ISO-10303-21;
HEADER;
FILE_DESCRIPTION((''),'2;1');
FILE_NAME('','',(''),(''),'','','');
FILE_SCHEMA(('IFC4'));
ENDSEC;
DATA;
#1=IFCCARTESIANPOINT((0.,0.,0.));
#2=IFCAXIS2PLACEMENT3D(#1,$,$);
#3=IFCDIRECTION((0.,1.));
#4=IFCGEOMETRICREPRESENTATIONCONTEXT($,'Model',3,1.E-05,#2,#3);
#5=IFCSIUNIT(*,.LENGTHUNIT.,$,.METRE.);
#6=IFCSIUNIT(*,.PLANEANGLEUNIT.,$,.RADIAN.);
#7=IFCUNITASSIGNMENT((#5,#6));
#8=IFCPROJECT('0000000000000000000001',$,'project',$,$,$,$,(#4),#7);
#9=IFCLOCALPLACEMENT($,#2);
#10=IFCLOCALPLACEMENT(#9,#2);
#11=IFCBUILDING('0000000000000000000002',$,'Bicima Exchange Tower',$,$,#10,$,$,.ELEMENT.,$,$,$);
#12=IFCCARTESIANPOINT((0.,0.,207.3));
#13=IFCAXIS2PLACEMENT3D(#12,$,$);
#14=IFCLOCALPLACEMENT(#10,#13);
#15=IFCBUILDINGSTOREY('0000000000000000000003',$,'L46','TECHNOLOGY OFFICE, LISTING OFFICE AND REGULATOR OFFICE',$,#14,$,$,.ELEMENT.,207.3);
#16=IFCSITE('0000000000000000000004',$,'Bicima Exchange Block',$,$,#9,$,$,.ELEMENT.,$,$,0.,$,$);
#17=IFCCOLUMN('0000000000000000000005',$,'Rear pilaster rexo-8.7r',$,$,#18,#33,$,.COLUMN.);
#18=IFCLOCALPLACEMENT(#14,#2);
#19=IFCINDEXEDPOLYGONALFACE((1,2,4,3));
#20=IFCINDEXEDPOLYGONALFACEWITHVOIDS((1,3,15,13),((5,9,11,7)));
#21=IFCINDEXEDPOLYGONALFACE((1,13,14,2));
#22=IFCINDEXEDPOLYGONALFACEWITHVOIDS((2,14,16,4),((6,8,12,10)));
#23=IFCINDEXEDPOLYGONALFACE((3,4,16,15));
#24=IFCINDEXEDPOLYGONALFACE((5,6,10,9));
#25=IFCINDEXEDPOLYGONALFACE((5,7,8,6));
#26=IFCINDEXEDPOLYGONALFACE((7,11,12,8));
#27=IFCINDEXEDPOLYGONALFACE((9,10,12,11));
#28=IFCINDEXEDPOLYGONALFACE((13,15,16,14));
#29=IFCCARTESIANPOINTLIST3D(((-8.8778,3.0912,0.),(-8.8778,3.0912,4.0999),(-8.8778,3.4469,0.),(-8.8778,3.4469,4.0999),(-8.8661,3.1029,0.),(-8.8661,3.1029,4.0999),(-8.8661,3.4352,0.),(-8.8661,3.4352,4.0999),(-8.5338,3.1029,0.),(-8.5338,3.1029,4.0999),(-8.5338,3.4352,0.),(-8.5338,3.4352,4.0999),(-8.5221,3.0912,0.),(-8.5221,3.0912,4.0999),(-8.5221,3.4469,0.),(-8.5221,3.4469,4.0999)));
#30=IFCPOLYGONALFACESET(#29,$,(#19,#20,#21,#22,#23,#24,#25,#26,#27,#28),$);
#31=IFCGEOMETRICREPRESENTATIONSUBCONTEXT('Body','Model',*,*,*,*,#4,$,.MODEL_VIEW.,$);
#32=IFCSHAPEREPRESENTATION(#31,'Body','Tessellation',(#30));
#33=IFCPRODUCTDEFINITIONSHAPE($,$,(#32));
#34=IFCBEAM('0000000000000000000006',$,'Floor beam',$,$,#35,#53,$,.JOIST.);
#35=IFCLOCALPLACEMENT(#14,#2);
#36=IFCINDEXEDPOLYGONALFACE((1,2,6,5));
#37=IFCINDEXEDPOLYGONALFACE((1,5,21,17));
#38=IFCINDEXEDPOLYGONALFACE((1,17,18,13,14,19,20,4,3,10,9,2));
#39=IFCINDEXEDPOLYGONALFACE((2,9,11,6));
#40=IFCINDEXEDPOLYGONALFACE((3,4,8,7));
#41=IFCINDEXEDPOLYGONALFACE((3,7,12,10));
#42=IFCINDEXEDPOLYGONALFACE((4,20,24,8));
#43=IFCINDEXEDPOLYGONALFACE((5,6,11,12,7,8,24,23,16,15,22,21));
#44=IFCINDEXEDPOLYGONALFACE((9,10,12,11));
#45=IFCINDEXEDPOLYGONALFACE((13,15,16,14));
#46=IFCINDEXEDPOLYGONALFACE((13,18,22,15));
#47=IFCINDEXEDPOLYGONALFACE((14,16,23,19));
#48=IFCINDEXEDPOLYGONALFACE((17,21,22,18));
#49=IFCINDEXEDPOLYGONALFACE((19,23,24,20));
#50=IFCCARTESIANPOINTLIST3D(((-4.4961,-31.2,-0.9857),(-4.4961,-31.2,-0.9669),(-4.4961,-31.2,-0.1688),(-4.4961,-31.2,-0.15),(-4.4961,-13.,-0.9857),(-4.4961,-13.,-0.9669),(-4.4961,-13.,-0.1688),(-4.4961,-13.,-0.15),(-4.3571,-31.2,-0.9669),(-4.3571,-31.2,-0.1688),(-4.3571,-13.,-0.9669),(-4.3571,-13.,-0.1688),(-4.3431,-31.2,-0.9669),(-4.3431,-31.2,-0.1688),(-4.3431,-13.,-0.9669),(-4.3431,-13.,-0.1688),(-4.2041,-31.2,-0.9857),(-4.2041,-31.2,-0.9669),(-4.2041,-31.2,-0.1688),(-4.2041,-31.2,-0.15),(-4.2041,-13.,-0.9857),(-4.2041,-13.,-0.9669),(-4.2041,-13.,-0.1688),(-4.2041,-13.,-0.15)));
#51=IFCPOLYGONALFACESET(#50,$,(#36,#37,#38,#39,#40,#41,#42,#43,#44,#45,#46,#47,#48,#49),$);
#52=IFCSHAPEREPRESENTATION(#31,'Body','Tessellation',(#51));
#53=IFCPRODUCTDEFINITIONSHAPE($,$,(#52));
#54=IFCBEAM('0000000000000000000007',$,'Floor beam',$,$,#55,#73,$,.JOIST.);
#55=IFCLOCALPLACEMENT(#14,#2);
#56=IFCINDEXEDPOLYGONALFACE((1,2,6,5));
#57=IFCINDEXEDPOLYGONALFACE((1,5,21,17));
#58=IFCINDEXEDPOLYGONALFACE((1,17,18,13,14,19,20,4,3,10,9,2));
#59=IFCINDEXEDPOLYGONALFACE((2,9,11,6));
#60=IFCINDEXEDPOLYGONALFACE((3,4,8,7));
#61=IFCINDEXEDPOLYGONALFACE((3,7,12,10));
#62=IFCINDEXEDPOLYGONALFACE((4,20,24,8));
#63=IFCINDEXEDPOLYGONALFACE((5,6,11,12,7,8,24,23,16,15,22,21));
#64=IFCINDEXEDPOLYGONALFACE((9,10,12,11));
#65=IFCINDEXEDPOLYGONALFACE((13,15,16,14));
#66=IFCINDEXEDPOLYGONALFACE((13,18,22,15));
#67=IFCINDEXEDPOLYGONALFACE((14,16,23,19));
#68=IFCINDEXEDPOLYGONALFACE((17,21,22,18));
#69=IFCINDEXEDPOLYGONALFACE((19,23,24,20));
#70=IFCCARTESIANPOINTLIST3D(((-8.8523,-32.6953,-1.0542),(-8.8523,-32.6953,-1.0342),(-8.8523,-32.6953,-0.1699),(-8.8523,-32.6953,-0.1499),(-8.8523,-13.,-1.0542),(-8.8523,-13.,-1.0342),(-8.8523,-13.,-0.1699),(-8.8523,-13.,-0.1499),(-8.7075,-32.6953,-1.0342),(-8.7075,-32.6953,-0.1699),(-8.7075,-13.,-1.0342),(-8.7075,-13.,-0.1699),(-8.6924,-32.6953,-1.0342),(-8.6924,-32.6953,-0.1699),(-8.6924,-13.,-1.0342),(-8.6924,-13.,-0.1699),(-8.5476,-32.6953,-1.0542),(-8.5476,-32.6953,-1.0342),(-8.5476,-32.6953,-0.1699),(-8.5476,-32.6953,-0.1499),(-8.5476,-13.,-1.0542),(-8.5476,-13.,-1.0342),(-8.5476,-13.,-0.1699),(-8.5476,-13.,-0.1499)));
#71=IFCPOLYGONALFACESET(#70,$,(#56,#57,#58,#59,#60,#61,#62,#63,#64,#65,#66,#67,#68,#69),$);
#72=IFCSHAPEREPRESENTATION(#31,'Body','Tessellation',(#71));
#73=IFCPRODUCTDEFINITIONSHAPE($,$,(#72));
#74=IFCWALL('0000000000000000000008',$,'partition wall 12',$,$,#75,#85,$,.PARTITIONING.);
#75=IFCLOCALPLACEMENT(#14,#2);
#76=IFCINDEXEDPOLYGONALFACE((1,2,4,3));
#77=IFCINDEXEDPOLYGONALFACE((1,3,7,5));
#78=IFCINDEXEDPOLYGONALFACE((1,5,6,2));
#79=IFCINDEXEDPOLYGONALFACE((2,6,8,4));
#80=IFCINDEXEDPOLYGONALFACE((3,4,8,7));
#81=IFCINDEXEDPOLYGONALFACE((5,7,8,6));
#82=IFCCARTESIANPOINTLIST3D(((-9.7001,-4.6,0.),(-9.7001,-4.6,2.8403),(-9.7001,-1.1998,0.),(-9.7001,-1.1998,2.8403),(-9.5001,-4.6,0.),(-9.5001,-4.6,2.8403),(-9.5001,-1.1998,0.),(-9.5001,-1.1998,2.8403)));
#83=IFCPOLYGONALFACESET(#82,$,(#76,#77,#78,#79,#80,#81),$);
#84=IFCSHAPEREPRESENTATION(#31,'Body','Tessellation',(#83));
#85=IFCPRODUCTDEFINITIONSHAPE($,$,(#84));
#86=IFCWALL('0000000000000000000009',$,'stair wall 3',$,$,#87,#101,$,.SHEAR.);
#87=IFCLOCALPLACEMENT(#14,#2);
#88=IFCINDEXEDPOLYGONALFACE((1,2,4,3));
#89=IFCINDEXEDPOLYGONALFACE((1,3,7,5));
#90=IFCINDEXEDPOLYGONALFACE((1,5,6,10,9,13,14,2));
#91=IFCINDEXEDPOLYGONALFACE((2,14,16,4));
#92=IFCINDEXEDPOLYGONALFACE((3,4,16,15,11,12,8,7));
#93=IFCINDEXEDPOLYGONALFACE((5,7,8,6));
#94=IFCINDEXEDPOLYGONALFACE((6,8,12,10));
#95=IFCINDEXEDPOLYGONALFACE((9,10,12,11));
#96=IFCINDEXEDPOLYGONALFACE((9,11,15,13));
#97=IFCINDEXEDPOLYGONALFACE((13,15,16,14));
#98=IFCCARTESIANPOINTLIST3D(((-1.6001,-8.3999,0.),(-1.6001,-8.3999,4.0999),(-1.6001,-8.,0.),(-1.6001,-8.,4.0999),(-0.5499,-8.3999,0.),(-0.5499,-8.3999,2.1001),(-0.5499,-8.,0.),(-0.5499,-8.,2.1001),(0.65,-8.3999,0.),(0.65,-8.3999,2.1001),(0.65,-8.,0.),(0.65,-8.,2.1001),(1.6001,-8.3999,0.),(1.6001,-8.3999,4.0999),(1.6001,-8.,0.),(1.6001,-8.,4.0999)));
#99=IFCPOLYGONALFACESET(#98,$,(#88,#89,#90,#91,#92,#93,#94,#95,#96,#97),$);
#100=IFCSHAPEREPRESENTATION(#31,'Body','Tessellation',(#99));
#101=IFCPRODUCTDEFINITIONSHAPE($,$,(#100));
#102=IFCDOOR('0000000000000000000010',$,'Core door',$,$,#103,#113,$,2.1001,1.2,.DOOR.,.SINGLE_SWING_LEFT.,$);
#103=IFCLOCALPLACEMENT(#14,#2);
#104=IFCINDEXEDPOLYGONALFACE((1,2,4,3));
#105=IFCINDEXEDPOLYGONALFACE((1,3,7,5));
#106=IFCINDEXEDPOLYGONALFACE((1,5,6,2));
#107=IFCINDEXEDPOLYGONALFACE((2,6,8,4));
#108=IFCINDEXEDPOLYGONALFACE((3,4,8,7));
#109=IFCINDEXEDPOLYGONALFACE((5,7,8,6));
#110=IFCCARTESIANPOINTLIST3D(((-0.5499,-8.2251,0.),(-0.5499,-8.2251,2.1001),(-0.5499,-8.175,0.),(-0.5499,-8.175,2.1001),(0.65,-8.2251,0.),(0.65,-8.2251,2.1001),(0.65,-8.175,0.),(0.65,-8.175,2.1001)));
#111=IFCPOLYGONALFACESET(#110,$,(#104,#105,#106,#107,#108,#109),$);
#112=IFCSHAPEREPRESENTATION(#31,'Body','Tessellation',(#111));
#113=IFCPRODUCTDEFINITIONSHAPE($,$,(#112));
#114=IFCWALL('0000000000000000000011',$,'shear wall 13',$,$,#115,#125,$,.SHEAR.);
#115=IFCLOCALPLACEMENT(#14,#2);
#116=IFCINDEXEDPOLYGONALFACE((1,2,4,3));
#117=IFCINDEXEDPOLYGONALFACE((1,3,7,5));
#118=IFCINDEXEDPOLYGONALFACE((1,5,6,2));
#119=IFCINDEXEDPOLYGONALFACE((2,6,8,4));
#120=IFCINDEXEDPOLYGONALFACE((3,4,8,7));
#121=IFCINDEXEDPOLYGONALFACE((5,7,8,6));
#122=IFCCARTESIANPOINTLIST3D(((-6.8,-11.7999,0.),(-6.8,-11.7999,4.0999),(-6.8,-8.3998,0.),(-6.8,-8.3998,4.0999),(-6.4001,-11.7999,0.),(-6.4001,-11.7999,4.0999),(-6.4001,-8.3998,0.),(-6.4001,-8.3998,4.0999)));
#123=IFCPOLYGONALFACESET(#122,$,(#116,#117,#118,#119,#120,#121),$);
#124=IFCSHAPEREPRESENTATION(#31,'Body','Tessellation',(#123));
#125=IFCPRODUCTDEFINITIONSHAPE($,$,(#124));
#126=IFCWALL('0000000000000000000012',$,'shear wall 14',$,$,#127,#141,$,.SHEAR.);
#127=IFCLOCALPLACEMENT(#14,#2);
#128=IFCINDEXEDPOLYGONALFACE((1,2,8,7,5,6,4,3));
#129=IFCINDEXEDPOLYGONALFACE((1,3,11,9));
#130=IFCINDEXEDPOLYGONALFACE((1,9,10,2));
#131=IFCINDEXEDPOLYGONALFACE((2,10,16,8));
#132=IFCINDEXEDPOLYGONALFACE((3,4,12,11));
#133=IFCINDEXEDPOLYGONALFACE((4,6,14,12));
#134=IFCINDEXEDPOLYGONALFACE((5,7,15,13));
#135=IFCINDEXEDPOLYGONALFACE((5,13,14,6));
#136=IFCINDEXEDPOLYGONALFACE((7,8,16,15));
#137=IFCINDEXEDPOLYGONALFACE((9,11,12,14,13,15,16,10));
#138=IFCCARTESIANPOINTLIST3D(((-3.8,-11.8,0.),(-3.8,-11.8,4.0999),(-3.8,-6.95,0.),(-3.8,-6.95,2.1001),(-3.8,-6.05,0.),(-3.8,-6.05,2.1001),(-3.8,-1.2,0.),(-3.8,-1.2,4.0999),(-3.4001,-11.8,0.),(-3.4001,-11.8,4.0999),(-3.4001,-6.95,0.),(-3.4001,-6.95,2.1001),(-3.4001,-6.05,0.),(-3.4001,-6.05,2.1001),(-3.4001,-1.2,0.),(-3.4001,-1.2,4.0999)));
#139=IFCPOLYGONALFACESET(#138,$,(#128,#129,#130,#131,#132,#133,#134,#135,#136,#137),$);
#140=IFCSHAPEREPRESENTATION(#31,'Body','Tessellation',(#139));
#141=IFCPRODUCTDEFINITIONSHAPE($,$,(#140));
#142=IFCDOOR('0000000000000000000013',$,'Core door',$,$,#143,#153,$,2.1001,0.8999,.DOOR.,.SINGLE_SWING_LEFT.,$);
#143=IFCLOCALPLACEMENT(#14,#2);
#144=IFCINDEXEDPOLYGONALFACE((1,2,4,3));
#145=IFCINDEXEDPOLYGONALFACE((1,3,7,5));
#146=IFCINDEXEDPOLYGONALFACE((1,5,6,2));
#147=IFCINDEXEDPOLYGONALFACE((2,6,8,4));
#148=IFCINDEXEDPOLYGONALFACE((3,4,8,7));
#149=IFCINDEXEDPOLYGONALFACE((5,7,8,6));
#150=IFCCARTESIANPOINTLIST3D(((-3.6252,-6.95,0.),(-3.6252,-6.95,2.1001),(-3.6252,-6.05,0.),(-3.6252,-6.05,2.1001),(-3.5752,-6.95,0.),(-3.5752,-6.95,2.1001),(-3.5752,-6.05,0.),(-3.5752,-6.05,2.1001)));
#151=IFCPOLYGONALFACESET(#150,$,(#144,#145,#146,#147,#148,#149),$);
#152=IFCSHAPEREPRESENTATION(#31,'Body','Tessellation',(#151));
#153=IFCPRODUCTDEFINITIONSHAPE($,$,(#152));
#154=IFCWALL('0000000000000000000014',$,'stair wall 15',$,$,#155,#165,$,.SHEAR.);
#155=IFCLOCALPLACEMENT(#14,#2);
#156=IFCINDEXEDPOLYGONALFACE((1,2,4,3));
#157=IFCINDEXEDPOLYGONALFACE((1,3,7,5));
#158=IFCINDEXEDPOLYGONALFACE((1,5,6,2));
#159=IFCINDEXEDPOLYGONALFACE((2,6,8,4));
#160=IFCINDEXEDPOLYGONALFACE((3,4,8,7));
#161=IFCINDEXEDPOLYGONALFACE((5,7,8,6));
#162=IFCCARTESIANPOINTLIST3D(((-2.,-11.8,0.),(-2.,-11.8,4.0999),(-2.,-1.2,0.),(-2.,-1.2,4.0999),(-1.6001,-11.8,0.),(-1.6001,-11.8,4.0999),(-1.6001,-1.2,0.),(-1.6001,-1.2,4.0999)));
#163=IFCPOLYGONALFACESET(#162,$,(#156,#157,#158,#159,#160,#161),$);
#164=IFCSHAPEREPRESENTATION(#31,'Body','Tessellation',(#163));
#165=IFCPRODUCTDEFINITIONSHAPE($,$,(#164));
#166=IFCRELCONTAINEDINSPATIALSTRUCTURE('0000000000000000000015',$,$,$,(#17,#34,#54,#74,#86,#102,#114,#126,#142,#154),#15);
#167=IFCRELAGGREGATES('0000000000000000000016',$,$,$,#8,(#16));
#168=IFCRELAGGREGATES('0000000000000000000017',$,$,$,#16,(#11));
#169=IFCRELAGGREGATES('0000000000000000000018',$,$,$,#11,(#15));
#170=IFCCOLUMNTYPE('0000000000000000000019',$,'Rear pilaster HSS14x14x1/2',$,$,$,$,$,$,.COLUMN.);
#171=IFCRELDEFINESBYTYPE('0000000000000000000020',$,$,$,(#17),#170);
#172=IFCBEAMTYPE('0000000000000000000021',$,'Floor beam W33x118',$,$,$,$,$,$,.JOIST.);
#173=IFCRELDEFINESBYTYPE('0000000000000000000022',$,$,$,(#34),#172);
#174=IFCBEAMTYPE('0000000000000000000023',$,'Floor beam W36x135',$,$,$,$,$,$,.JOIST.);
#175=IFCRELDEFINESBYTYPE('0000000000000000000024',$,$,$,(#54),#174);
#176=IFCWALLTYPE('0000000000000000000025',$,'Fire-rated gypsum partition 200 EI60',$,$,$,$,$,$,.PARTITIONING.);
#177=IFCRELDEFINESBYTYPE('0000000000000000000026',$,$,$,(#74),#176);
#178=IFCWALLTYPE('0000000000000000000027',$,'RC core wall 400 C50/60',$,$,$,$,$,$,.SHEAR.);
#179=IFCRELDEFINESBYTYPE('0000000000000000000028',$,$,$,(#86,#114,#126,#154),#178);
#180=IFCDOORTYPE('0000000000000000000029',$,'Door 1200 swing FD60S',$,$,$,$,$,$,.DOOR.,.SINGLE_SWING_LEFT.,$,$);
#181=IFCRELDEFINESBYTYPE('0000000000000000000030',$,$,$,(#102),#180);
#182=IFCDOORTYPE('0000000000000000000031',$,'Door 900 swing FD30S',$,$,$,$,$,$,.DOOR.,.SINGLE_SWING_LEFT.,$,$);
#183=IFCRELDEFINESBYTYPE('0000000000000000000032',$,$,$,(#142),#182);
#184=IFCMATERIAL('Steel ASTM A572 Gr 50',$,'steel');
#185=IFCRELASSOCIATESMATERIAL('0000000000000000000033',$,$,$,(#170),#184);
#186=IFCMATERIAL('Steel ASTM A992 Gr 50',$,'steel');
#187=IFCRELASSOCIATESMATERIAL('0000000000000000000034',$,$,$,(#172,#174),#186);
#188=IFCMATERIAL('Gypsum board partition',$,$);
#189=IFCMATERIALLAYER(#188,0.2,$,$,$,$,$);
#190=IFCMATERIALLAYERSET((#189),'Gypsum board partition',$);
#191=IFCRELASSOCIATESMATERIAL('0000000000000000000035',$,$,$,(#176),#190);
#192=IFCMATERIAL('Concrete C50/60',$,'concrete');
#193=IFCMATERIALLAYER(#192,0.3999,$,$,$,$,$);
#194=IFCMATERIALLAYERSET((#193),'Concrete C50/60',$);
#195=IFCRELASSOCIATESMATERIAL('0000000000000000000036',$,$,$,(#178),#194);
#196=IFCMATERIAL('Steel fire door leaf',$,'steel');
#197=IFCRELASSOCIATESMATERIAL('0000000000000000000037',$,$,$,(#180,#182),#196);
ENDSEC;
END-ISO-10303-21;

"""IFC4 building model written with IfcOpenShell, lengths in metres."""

from ifc_helpers import new_model, si_unit, direction, frame, frame_2d, origin, origin_2d, place, context, subcontext, project, spatial, rectangle, hollow_rectangle, i_section, extrude, material, layer, layer_set, material_profile, profile_set, type_object, element, fill, save


model = new_model("IFC4")

# Units and contexts
model_context = context("Model", 3, precision=1e-05, world=origin(), true_north=direction((0.0, 1.0)))
body_context = subcontext(model_context, "Body", "Model", "MODEL_VIEW")
ifc_project = project(units=[si_unit("LENGTHUNIT", "METRE"), si_unit("PLANEANGLEUNIT", "RADIAN")], contexts=[model_context])

# Site, building, storey
site_placement = place(None, origin())
site = spatial("IfcSite", under=ifc_project, at=site_placement, Name="Bicima Exchange Block", CompositionType="ELEMENT", RefElevation=0.0)
building_placement = place(site_placement, origin())
building = spatial("IfcBuilding", under=site, at=building_placement, Name="Bicima Exchange Tower", CompositionType="ELEMENT")
storey_placement = place(building_placement, frame((0.0, 0.0, 207.3)))
storey = spatial("IfcBuildingStorey", under=building, at=storey_placement, Name="L46", Description="TECHNOLOGY OFFICE, LISTING OFFICE AND REGULATOR OFFICE", CompositionType="ELEMENT", Elevation=207.3)

# Column
ifc_material_1 = material(Name="Steel ASTM A572 Gr 50", Category="steel")
ifc_material_profile_1 = material_profile(ifc_material_1, hollow_rectangle(XDim=0.3557, YDim=0.3557, WallThickness=0.0117, at=origin_2d()))
ifc_profile_set_1 = profile_set([ifc_material_profile_1], Name="Steel ASTM A572 Gr 50")
column_type = type_object("IfcColumnType", Name="Rear pilaster HSS14x14x1/2", PredefinedType="COLUMN", material=ifc_profile_set_1)
column_placement = place(storey_placement, frame((-8.7, 3.269, 0.0), z_axis=(0.0, 0.0, 1.0), x_axis=(1.0, 0.0, 0.0)))
element("IfcColumn", 1, at=column_placement, inside=storey, type_object=column_type, Name="Rear pilaster rexo-8.7r", PredefinedType="COLUMN", context=body_context, shape_type="SweptSolid", body=[
    extrude(hollow_rectangle(XDim=0.3557, YDim=0.3557, WallThickness=0.0117, at=origin_2d()), origin(), (0.0, 0.0, 1.0), 4.0999),
])

# Beams
ifc_material_2 = material(Name="Steel ASTM A992 Gr 50", Category="steel")
ifc_material_profile_2 = material_profile(ifc_material_2, i_section(OverallWidth=0.292, OverallDepth=0.8357, WebThickness=0.0139, FlangeThickness=0.0188, at=origin_2d()))
ifc_profile_set_2 = profile_set([ifc_material_profile_2], Name="Steel ASTM A992 Gr 50")
beam_type_1 = type_object("IfcBeamType", Name="Floor beam W33x118", PredefinedType="JOIST", material=ifc_profile_set_2)
beam_1_placement = place(storey_placement, frame((-4.3501, -13.0, -0.5679), z_axis=(0.0, -1.0, 0.0), x_axis=(1.0, 0.0, 0.0)))
element("IfcBeam", 2, at=beam_1_placement, inside=storey, type_object=beam_type_1, Name="Floor beam", PredefinedType="JOIST", context=body_context, shape_type="SweptSolid", body=[
    extrude(i_section(OverallWidth=0.292, OverallDepth=0.8357, WebThickness=0.0139, FlangeThickness=0.0188, at=origin_2d()), origin(), (0.0, 0.0, 1.0), 18.2),
])
ifc_material_profile_3 = material_profile(ifc_material_2, i_section(OverallWidth=0.3047, OverallDepth=0.9043, WebThickness=0.0151, FlangeThickness=0.02, at=origin_2d()))
ifc_profile_set_3 = profile_set([ifc_material_profile_3], Name="Steel ASTM A992 Gr 50")
beam_type_2 = type_object("IfcBeamType", Name="Floor beam W36x135", PredefinedType="JOIST", material=ifc_profile_set_3)
beam_2_placement = place(storey_placement, frame((-8.7, -13.0, -0.6021), z_axis=(0.0, -1.0, 0.0), x_axis=(1.0, 0.0, 0.0)))
element("IfcBeam", 3, at=beam_2_placement, inside=storey, type_object=beam_type_2, Name="Floor beam", PredefinedType="JOIST", context=body_context, shape_type="SweptSolid", body=[
    extrude(i_section(OverallWidth=0.3047, OverallDepth=0.9043, WebThickness=0.0151, FlangeThickness=0.02, at=origin_2d()), origin(), (0.0, 0.0, 1.0), 19.6953),
])

# Wall
ifc_material_3 = material(Name="Gypsum board partition")
ifc_layer_1 = layer(ifc_material_3, 0.2)
ifc_layer_set_1 = layer_set([ifc_layer_1], Name="Gypsum board partition")
wall_type_1 = type_object("IfcWallType", Name="Fire-rated gypsum partition 200 EI60", PredefinedType="PARTITIONING", material=ifc_layer_set_1)
wall_1_placement = place(storey_placement, frame((-9.6001, -4.6001, 0.0), z_axis=(0.0, 0.0, 1.0), x_axis=(0.0, 1.0, 0.0)))
element("IfcWall", 4, at=wall_1_placement, inside=storey, type_object=wall_type_1, Name="partition wall 12", PredefinedType="PARTITIONING", context=body_context, shape_type="SweptSolid", body=[
    extrude(rectangle(XDim=3.4001, YDim=0.2, at=frame_2d((1.7002, 0.0))), origin(), (0.0, 0.0, 1.0), 2.8403),
])

# Wall, opening, door
ifc_material_4 = material(Name="Concrete C50/60", Category="concrete")
ifc_layer_2 = layer(ifc_material_4, 0.3999)
ifc_layer_set_2 = layer_set([ifc_layer_2], Name="Concrete C50/60")
wall_type_2 = type_object("IfcWallType", Name="RC core wall 400 C50/60", PredefinedType="SHEAR", material=ifc_layer_set_2)
wall_2_placement = place(storey_placement, frame((-1.6001, -8.2, 0.0), z_axis=(0.0, 0.0, 1.0), x_axis=(1.0, 0.0, 0.0)))
wall_2 = element("IfcWall", 5, at=wall_2_placement, inside=storey, type_object=wall_type_2, Name="stair wall 3", PredefinedType="SHEAR", context=body_context, shape_type="SweptSolid", body=[
    extrude(rectangle(XDim=3.2002, YDim=0.3999, at=frame_2d((1.6001, 0.0))), origin(), (0.0, 0.0, 1.0), 4.0999),
])
opening_1_placement = place(wall_2_placement, frame((1.05, 0.0, 0.0)))
opening_1 = element("IfcOpeningElement", 6, at=opening_1_placement, cuts=wall_2, PredefinedType="OPENING", context=body_context, shape_type="SweptSolid", body=[
    extrude(rectangle(XDim=1.2, YDim=2.1001, at=frame_2d((0.6001, 1.05))), frame((0.0, 0.2119, 0.0), z_axis=(0.0, -1.0, 0.0), x_axis=(1.0, 0.0, 0.0)), (0.0, 0.0, 1.0), 0.4238),
])
ifc_material_5 = material(Name="Steel fire door leaf", Category="steel")
door_type_1 = type_object("IfcDoorType", Name="Door 1200 swing FD60S", OperationType="SINGLE_SWING_LEFT", PredefinedType="DOOR", material=ifc_material_5)
door_1_placement = place(opening_1_placement, origin())
door_1 = element("IfcDoor", 7, at=door_1_placement, inside=storey, type_object=door_type_1, Name="Core door", OperationType="SINGLE_SWING_LEFT", OverallHeight=2.1001, OverallWidth=1.2, PredefinedType="DOOR", context=body_context, shape_type="SweptSolid", body=[
    extrude(rectangle(XDim=1.2, YDim=2.1001, at=frame_2d((0.6001, 1.05))), frame((0.0, 0.0249, 0.0), z_axis=(0.0, -1.0, 0.0), x_axis=(1.0, 0.0, 0.0)), (0.0, 0.0, 1.0), 0.05),
])
fill(opening_1, door_1)

# Wall
wall_3_placement = place(storey_placement, frame((-6.6001, -11.8, 0.0), z_axis=(0.0, 0.0, 1.0), x_axis=(0.0, 1.0, 0.0)))
element("IfcWall", 8, at=wall_3_placement, inside=storey, type_object=wall_type_2, Name="shear wall 13", PredefinedType="SHEAR", context=body_context, shape_type="SweptSolid", body=[
    extrude(rectangle(XDim=3.4001, YDim=0.3999, at=frame_2d((1.7002, 0.0))), origin(), (0.0, 0.0, 1.0), 4.0999),
])

# Wall, opening, door
wall_4_placement = place(storey_placement, frame((-3.6001, -11.8, 0.0), z_axis=(0.0, 0.0, 1.0), x_axis=(0.0, 1.0, 0.0)))
wall_4 = element("IfcWall", 9, at=wall_4_placement, inside=storey, type_object=wall_type_2, Name="shear wall 14", PredefinedType="SHEAR", context=body_context, shape_type="SweptSolid", body=[
    extrude(rectangle(XDim=10.6001, YDim=0.3999, at=frame_2d((5.3, 0.0))), origin(), (0.0, 0.0, 1.0), 4.0999),
])
opening_2_placement = place(wall_4_placement, frame((4.8501, 0.0, 0.0)))
opening_2 = element("IfcOpeningElement", 10, at=opening_2_placement, cuts=wall_4, PredefinedType="OPENING", context=body_context, shape_type="SweptSolid", body=[
    extrude(rectangle(XDim=0.8999, YDim=2.1001, at=frame_2d((0.45, 1.05))), frame((0.0, 0.2119, 0.0), z_axis=(0.0, -1.0, 0.0), x_axis=(1.0, 0.0, 0.0)), (0.0, 0.0, 1.0), 0.4238),
])
door_type_2 = type_object("IfcDoorType", Name="Door 900 swing FD30S", OperationType="SINGLE_SWING_LEFT", PredefinedType="DOOR", material=ifc_material_5)
door_2_placement = place(opening_2_placement, frame((0.8999, 0.0, 0.0), z_axis=(0.0, 0.0, 1.0), x_axis=(-1.0, 0.0, 0.0)))
door_2 = element("IfcDoor", 11, at=door_2_placement, inside=storey, type_object=door_type_2, Name="Core door", OperationType="SINGLE_SWING_LEFT", OverallHeight=2.1001, OverallWidth=0.8999, PredefinedType="DOOR", context=body_context, shape_type="SweptSolid", body=[
    extrude(rectangle(XDim=0.8999, YDim=2.1001, at=frame_2d((0.45, 1.05))), frame((0.0, 0.0249, 0.0), z_axis=(0.0, -1.0, 0.0), x_axis=(1.0, 0.0, 0.0)), (0.0, 0.0, 1.0), 0.05),
])
fill(opening_2, door_2)

# Wall
wall_5_placement = place(storey_placement, frame((-1.8, -11.8, 0.0), z_axis=(0.0, 0.0, 1.0), x_axis=(0.0, 1.0, 0.0)))
element("IfcWall", 12, at=wall_5_placement, inside=storey, type_object=wall_type_2, Name="stair wall 15", PredefinedType="SHEAR", context=body_context, shape_type="SweptSolid", body=[
    extrude(rectangle(XDim=10.6001, YDim=0.3999, at=frame_2d((5.3, 0.0))), origin(), (0.0, 0.0, 1.0), 4.0999),
])

save(model, "model.ifc")
